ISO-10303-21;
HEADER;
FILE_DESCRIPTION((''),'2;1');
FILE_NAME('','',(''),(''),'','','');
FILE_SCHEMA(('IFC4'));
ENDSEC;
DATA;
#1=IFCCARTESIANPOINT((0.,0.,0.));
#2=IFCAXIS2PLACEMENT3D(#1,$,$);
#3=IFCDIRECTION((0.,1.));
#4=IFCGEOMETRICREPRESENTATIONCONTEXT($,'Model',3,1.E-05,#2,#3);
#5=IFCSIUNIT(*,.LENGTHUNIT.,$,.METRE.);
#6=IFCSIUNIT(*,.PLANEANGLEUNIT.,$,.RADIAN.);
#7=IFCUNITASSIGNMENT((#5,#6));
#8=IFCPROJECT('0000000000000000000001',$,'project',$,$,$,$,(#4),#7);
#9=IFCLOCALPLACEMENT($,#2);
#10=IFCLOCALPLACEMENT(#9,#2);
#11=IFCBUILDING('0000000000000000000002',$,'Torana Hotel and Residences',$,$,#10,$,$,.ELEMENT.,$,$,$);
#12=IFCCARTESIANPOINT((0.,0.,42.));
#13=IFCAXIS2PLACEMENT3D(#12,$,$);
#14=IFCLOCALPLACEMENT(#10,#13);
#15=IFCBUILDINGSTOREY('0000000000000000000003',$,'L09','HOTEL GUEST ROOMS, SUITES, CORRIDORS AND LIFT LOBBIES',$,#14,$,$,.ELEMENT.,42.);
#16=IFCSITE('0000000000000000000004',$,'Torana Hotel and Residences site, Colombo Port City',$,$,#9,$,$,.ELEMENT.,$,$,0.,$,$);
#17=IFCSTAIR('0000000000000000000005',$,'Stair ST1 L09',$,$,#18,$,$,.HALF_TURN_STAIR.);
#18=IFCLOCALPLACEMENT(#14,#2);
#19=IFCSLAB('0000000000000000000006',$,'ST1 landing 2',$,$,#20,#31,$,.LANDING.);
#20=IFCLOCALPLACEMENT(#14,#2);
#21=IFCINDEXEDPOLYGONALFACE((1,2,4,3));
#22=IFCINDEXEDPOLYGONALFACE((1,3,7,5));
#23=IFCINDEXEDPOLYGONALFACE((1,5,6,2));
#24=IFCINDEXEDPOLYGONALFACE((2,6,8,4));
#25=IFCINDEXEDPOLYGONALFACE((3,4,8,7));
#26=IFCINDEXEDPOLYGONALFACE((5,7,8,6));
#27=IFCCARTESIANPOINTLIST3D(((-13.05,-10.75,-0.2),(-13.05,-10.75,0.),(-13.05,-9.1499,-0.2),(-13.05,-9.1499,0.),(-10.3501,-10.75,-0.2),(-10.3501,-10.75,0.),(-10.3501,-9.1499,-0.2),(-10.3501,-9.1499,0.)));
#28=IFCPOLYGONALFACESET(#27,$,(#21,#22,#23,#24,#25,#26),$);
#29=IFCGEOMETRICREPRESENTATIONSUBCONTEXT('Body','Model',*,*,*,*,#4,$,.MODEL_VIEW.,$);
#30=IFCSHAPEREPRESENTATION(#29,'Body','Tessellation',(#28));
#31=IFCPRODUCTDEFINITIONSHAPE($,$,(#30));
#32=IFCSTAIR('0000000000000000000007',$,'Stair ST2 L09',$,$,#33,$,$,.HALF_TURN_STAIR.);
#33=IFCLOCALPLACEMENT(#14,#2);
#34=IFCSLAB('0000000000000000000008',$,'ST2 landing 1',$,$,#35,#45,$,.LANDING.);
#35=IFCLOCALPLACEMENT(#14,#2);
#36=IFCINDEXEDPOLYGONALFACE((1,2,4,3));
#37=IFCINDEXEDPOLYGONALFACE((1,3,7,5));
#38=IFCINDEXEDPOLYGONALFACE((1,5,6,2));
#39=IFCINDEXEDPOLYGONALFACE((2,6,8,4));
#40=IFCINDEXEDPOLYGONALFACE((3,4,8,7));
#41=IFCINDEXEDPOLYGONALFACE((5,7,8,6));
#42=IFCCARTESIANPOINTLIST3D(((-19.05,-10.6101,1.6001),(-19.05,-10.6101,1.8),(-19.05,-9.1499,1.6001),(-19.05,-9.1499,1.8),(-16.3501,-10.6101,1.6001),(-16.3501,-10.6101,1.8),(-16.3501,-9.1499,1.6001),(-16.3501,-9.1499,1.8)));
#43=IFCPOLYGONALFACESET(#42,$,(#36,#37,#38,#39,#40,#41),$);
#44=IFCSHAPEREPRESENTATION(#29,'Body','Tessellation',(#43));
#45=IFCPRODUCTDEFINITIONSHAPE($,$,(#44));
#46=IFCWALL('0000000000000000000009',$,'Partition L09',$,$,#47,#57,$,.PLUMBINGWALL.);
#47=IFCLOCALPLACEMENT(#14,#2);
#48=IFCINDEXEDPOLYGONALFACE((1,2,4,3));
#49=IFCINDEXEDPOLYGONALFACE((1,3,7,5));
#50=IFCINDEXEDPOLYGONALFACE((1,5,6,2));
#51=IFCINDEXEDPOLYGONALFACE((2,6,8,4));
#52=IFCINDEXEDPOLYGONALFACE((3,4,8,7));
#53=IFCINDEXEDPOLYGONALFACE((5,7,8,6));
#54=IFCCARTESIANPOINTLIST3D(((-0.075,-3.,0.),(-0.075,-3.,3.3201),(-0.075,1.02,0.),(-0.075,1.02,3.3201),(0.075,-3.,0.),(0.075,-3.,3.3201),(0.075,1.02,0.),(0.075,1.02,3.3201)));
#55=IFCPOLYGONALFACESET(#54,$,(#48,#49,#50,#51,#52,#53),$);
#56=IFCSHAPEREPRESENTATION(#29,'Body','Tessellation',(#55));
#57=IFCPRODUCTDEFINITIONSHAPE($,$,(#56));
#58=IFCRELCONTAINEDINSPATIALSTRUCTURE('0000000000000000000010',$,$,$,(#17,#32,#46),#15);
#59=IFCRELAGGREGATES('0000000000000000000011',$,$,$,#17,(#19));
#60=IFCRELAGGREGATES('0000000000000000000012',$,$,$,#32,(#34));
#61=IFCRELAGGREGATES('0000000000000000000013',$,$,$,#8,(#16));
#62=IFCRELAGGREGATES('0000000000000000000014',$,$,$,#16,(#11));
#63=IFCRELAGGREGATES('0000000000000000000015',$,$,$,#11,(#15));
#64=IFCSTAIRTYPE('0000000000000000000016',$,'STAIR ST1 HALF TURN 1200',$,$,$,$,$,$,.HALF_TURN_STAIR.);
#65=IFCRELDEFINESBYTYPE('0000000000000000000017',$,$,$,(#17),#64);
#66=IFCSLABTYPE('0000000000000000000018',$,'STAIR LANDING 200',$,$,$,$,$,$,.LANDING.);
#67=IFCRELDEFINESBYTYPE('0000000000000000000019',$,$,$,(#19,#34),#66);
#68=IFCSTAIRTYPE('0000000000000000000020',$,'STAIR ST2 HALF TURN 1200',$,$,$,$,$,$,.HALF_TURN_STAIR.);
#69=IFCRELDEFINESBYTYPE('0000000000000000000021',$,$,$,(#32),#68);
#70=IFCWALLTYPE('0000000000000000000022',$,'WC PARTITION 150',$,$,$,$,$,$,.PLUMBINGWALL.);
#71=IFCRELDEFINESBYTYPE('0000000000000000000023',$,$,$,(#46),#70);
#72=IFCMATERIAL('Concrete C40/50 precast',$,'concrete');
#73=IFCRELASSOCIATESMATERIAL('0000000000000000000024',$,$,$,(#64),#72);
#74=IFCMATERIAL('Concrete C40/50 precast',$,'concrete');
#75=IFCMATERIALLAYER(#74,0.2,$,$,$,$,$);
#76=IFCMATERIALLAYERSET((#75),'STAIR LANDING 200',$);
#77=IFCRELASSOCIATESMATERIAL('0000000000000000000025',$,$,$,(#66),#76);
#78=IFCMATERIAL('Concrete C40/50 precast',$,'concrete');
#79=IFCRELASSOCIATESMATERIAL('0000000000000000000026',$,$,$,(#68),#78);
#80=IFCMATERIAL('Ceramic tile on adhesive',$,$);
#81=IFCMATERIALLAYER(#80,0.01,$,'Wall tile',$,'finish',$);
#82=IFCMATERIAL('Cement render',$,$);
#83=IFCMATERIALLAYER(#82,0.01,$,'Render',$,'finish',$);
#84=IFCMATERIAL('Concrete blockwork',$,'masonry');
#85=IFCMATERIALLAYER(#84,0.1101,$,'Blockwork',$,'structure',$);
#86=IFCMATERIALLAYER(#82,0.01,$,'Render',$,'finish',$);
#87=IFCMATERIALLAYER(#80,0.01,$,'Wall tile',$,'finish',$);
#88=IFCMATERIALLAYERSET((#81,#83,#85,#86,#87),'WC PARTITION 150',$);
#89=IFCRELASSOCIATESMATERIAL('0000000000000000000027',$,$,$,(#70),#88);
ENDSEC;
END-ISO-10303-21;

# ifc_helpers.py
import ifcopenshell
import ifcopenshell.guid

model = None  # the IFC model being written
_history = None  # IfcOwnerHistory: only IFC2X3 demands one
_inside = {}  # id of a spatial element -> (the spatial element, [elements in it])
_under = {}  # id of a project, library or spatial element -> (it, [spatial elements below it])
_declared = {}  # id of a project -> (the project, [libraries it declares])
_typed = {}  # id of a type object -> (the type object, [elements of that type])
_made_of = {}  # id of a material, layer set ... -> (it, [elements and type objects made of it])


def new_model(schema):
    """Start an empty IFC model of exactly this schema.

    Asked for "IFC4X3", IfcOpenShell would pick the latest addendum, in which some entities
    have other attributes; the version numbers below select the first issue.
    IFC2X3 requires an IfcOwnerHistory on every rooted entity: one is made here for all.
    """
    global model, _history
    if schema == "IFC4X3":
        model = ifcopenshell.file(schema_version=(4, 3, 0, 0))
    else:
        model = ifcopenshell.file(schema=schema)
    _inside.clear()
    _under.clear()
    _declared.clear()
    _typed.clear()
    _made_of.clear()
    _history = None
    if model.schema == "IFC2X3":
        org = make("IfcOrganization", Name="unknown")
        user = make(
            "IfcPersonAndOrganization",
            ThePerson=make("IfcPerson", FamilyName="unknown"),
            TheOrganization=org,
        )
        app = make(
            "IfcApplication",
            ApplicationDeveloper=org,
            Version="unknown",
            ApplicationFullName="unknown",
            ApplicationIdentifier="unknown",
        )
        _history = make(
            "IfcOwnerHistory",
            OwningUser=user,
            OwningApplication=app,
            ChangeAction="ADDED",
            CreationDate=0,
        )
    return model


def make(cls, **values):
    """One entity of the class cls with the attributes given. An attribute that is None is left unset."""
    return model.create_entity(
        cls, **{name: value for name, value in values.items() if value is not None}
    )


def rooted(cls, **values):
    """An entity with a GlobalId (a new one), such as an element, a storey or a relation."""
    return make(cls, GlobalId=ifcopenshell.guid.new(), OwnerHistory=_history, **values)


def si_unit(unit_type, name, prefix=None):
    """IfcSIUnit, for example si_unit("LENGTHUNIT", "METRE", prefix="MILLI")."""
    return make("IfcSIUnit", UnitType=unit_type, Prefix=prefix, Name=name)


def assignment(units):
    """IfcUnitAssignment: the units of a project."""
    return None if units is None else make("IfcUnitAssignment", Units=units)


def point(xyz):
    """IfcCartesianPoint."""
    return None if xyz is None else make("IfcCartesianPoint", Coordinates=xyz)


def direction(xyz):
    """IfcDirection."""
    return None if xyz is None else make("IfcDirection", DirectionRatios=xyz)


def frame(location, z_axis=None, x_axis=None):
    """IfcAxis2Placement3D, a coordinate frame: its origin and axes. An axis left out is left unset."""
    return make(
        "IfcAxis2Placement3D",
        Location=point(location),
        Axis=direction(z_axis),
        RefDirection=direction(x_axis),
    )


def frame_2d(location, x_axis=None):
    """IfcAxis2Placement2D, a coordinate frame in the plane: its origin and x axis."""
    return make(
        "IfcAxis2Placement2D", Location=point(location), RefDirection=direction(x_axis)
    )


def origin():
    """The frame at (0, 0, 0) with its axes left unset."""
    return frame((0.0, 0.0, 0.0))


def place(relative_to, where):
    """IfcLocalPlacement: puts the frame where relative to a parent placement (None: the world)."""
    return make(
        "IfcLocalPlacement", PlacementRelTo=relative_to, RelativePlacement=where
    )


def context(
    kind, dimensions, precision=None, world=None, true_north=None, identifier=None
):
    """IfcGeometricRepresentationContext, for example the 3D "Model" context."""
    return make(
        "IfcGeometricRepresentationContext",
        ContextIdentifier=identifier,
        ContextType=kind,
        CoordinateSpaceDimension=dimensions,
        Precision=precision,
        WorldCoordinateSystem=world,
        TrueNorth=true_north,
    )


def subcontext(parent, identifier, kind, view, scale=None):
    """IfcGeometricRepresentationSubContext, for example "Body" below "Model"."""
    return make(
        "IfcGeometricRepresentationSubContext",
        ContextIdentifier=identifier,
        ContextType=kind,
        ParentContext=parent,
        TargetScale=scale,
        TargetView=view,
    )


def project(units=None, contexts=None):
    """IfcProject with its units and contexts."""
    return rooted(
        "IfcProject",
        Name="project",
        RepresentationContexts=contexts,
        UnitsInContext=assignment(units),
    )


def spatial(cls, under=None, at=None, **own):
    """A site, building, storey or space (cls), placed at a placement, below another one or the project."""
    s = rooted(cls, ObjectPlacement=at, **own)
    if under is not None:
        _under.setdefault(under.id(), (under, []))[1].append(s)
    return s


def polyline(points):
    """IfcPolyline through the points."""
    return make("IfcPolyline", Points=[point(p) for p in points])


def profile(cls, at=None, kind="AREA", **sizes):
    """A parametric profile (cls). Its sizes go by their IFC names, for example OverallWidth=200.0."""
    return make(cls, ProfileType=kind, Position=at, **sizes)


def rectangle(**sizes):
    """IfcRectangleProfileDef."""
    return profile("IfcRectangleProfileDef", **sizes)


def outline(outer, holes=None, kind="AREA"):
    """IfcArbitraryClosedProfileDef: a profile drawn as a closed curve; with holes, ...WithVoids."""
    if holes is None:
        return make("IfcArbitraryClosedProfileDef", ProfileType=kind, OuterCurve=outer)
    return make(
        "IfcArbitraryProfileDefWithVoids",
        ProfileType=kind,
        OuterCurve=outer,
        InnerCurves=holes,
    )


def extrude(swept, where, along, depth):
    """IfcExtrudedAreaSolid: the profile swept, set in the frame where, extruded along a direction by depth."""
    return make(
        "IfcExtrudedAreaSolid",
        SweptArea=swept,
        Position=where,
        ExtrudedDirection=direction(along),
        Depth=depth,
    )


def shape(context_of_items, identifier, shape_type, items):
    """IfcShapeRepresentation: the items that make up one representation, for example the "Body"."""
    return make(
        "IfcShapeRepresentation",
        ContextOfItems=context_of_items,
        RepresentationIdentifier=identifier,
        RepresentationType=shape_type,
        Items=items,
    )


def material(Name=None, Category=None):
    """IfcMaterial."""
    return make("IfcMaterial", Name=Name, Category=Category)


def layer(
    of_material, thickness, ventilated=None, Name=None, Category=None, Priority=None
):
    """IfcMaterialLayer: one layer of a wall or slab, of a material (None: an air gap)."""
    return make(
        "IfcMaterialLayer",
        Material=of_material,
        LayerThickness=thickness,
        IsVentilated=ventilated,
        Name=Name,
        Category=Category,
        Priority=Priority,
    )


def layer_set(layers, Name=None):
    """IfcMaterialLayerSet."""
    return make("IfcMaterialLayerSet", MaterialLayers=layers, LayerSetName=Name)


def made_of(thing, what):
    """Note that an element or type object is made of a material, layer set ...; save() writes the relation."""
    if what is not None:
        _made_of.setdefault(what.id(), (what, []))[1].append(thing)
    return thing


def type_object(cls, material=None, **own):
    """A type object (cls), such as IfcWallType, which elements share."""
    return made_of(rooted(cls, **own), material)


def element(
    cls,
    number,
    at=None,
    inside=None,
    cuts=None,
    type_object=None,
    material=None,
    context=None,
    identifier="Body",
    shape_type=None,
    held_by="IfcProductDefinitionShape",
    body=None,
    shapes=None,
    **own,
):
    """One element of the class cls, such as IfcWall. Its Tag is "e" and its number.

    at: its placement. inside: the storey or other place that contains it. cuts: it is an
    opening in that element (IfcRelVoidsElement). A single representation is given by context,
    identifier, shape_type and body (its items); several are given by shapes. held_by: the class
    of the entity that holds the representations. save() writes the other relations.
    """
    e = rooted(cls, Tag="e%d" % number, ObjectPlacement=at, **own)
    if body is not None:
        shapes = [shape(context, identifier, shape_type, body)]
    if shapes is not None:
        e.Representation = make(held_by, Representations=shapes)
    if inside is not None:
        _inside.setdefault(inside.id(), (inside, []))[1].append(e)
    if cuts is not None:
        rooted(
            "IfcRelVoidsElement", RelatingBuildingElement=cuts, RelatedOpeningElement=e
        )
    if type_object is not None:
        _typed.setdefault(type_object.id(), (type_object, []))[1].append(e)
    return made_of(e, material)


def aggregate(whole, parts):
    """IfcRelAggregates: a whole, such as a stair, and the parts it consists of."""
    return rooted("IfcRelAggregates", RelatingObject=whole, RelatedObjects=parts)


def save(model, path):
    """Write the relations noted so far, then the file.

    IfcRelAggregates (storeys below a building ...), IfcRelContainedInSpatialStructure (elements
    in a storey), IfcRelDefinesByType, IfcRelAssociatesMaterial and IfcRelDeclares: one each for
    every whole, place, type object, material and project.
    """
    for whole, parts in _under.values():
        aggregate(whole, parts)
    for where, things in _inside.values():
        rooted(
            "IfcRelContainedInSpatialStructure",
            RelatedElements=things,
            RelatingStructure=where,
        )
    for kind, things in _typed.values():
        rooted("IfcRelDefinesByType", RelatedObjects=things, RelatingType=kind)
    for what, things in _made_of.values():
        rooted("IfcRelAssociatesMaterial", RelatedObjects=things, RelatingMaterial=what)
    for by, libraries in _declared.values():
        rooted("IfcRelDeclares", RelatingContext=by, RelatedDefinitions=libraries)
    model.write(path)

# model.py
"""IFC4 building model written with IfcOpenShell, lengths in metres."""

from ifc_helpers import new_model, si_unit, direction, frame, frame_2d, origin, place, context, subcontext, project, spatial, polyline, rectangle, outline, extrude, material, layer, layer_set, type_object, element, aggregate, save


model = new_model("IFC4")

# Units and contexts
model_context = context("Model", 3, precision=1e-05, world=origin(), true_north=direction((0.0, 1.0)))
body_context = subcontext(model_context, "Body", "Model", "MODEL_VIEW")
ifc_project = project(units=[si_unit("LENGTHUNIT", "METRE"), si_unit("PLANEANGLEUNIT", "RADIAN")], contexts=[model_context])

# Site, building, storey
site_placement = place(None, origin())
site = spatial("IfcSite", under=ifc_project, at=site_placement, Name="Torana Hotel and Residences site, Colombo Port City", CompositionType="ELEMENT", RefElevation=0.0)
building_placement = place(site_placement, origin())
building = spatial("IfcBuilding", under=site, at=building_placement, Name="Torana Hotel and Residences", CompositionType="ELEMENT")
storey_placement = place(building_placement, frame((0.0, 0.0, 42.0)))
storey = spatial("IfcBuildingStorey", under=building, at=storey_placement, Name="L09", Description="HOTEL GUEST ROOMS, SUITES, CORRIDORS AND LIFT LOBBIES", CompositionType="ELEMENT", Elevation=42.0)

# Stair, slab
ifc_material_1 = material(Name="Concrete C40/50 precast", Category="concrete")
stair_type_1 = type_object("IfcStairType", Name="STAIR ST1 HALF TURN 1200", PredefinedType="HALF_TURN_STAIR", material=ifc_material_1)
stair_1_placement = place(storey_placement, origin())
stair_1 = element("IfcStair", 1, at=stair_1_placement, inside=storey, type_object=stair_type_1, Name="Stair ST1 L09", PredefinedType="HALF_TURN_STAIR")
ifc_material_2 = material(Name="Concrete C40/50 precast", Category="concrete")
ifc_layer_1 = layer(ifc_material_2, 0.2)
ifc_layer_set_1 = layer_set([ifc_layer_1], Name="STAIR LANDING 200")
slab_type_1 = type_object("IfcSlabType", Name="STAIR LANDING 200", PredefinedType="LANDING", material=ifc_layer_set_1)
slab_1_placement = place(storey_placement, frame((0.0, 0.0, -0.2)))
slab_1 = element("IfcSlab", 2, at=slab_1_placement, type_object=slab_type_1, Name="ST1 landing 2", PredefinedType="LANDING", context=body_context, shape_type="SweptSolid", body=[
    extrude(outline(polyline([(-13.05, -10.75), (-10.3501, -10.75), (-10.3501, -9.1499), (-13.05, -9.1499), (-13.05, -10.75)])), origin(), (0.0, 0.0, 1.0), 0.2),
])
aggregate(stair_1, [slab_1])

# Stair, slab
ifc_material_3 = material(Name="Concrete C40/50 precast", Category="concrete")
stair_type_2 = type_object("IfcStairType", Name="STAIR ST2 HALF TURN 1200", PredefinedType="HALF_TURN_STAIR", material=ifc_material_3)
stair_2_placement = place(storey_placement, origin())
stair_2 = element("IfcStair", 3, at=stair_2_placement, inside=storey, type_object=stair_type_2, Name="Stair ST2 L09", PredefinedType="HALF_TURN_STAIR")
slab_2_placement = place(storey_placement, frame((0.0, 0.0, 1.6001)))
slab_2 = element("IfcSlab", 4, at=slab_2_placement, type_object=slab_type_1, Name="ST2 landing 1", PredefinedType="LANDING", context=body_context, shape_type="SweptSolid", body=[
    extrude(outline(polyline([(-19.05, -10.6101), (-16.3501, -10.6101), (-16.3501, -9.1499), (-19.05, -9.1499), (-19.05, -10.6101)])), origin(), (0.0, 0.0, 1.0), 0.2),
])
aggregate(stair_2, [slab_2])

# Wall
ifc_material_4 = material(Name="Ceramic tile on adhesive")
ifc_layer_2 = layer(ifc_material_4, 0.01, Name="Wall tile", Category="finish")
ifc_material_5 = material(Name="Cement render")
ifc_layer_3 = layer(ifc_material_5, 0.01, Name="Render", Category="finish")
ifc_material_6 = material(Name="Concrete blockwork", Category="masonry")
ifc_layer_4 = layer(ifc_material_6, 0.1101, Name="Blockwork", Category="structure")
ifc_layer_5 = layer(ifc_material_5, 0.01, Name="Render", Category="finish")
ifc_layer_6 = layer(ifc_material_4, 0.01, Name="Wall tile", Category="finish")
ifc_layer_set_2 = layer_set([ifc_layer_2, ifc_layer_3, ifc_layer_4, ifc_layer_5, ifc_layer_6], Name="WC PARTITION 150")
wall_type = type_object("IfcWallType", Name="WC PARTITION 150", PredefinedType="PLUMBINGWALL", material=ifc_layer_set_2)
wall_placement = place(storey_placement, frame((0.0, -3.0, 0.0), z_axis=(0.0, 0.0, 1.0), x_axis=(0.0, 1.0, 0.0)))
element("IfcWall", 5, at=wall_placement, inside=storey, type_object=wall_type, Name="Partition L09", PredefinedType="PLUMBINGWALL", context=body_context, shape_type="SweptSolid", body=[
    extrude(rectangle(XDim=4.02, YDim=0.1499, at=frame_2d((2.01, 0.0))), origin(), (0.0, 0.0, 1.0), 3.3201),
])

save(model, "model.ifc")
